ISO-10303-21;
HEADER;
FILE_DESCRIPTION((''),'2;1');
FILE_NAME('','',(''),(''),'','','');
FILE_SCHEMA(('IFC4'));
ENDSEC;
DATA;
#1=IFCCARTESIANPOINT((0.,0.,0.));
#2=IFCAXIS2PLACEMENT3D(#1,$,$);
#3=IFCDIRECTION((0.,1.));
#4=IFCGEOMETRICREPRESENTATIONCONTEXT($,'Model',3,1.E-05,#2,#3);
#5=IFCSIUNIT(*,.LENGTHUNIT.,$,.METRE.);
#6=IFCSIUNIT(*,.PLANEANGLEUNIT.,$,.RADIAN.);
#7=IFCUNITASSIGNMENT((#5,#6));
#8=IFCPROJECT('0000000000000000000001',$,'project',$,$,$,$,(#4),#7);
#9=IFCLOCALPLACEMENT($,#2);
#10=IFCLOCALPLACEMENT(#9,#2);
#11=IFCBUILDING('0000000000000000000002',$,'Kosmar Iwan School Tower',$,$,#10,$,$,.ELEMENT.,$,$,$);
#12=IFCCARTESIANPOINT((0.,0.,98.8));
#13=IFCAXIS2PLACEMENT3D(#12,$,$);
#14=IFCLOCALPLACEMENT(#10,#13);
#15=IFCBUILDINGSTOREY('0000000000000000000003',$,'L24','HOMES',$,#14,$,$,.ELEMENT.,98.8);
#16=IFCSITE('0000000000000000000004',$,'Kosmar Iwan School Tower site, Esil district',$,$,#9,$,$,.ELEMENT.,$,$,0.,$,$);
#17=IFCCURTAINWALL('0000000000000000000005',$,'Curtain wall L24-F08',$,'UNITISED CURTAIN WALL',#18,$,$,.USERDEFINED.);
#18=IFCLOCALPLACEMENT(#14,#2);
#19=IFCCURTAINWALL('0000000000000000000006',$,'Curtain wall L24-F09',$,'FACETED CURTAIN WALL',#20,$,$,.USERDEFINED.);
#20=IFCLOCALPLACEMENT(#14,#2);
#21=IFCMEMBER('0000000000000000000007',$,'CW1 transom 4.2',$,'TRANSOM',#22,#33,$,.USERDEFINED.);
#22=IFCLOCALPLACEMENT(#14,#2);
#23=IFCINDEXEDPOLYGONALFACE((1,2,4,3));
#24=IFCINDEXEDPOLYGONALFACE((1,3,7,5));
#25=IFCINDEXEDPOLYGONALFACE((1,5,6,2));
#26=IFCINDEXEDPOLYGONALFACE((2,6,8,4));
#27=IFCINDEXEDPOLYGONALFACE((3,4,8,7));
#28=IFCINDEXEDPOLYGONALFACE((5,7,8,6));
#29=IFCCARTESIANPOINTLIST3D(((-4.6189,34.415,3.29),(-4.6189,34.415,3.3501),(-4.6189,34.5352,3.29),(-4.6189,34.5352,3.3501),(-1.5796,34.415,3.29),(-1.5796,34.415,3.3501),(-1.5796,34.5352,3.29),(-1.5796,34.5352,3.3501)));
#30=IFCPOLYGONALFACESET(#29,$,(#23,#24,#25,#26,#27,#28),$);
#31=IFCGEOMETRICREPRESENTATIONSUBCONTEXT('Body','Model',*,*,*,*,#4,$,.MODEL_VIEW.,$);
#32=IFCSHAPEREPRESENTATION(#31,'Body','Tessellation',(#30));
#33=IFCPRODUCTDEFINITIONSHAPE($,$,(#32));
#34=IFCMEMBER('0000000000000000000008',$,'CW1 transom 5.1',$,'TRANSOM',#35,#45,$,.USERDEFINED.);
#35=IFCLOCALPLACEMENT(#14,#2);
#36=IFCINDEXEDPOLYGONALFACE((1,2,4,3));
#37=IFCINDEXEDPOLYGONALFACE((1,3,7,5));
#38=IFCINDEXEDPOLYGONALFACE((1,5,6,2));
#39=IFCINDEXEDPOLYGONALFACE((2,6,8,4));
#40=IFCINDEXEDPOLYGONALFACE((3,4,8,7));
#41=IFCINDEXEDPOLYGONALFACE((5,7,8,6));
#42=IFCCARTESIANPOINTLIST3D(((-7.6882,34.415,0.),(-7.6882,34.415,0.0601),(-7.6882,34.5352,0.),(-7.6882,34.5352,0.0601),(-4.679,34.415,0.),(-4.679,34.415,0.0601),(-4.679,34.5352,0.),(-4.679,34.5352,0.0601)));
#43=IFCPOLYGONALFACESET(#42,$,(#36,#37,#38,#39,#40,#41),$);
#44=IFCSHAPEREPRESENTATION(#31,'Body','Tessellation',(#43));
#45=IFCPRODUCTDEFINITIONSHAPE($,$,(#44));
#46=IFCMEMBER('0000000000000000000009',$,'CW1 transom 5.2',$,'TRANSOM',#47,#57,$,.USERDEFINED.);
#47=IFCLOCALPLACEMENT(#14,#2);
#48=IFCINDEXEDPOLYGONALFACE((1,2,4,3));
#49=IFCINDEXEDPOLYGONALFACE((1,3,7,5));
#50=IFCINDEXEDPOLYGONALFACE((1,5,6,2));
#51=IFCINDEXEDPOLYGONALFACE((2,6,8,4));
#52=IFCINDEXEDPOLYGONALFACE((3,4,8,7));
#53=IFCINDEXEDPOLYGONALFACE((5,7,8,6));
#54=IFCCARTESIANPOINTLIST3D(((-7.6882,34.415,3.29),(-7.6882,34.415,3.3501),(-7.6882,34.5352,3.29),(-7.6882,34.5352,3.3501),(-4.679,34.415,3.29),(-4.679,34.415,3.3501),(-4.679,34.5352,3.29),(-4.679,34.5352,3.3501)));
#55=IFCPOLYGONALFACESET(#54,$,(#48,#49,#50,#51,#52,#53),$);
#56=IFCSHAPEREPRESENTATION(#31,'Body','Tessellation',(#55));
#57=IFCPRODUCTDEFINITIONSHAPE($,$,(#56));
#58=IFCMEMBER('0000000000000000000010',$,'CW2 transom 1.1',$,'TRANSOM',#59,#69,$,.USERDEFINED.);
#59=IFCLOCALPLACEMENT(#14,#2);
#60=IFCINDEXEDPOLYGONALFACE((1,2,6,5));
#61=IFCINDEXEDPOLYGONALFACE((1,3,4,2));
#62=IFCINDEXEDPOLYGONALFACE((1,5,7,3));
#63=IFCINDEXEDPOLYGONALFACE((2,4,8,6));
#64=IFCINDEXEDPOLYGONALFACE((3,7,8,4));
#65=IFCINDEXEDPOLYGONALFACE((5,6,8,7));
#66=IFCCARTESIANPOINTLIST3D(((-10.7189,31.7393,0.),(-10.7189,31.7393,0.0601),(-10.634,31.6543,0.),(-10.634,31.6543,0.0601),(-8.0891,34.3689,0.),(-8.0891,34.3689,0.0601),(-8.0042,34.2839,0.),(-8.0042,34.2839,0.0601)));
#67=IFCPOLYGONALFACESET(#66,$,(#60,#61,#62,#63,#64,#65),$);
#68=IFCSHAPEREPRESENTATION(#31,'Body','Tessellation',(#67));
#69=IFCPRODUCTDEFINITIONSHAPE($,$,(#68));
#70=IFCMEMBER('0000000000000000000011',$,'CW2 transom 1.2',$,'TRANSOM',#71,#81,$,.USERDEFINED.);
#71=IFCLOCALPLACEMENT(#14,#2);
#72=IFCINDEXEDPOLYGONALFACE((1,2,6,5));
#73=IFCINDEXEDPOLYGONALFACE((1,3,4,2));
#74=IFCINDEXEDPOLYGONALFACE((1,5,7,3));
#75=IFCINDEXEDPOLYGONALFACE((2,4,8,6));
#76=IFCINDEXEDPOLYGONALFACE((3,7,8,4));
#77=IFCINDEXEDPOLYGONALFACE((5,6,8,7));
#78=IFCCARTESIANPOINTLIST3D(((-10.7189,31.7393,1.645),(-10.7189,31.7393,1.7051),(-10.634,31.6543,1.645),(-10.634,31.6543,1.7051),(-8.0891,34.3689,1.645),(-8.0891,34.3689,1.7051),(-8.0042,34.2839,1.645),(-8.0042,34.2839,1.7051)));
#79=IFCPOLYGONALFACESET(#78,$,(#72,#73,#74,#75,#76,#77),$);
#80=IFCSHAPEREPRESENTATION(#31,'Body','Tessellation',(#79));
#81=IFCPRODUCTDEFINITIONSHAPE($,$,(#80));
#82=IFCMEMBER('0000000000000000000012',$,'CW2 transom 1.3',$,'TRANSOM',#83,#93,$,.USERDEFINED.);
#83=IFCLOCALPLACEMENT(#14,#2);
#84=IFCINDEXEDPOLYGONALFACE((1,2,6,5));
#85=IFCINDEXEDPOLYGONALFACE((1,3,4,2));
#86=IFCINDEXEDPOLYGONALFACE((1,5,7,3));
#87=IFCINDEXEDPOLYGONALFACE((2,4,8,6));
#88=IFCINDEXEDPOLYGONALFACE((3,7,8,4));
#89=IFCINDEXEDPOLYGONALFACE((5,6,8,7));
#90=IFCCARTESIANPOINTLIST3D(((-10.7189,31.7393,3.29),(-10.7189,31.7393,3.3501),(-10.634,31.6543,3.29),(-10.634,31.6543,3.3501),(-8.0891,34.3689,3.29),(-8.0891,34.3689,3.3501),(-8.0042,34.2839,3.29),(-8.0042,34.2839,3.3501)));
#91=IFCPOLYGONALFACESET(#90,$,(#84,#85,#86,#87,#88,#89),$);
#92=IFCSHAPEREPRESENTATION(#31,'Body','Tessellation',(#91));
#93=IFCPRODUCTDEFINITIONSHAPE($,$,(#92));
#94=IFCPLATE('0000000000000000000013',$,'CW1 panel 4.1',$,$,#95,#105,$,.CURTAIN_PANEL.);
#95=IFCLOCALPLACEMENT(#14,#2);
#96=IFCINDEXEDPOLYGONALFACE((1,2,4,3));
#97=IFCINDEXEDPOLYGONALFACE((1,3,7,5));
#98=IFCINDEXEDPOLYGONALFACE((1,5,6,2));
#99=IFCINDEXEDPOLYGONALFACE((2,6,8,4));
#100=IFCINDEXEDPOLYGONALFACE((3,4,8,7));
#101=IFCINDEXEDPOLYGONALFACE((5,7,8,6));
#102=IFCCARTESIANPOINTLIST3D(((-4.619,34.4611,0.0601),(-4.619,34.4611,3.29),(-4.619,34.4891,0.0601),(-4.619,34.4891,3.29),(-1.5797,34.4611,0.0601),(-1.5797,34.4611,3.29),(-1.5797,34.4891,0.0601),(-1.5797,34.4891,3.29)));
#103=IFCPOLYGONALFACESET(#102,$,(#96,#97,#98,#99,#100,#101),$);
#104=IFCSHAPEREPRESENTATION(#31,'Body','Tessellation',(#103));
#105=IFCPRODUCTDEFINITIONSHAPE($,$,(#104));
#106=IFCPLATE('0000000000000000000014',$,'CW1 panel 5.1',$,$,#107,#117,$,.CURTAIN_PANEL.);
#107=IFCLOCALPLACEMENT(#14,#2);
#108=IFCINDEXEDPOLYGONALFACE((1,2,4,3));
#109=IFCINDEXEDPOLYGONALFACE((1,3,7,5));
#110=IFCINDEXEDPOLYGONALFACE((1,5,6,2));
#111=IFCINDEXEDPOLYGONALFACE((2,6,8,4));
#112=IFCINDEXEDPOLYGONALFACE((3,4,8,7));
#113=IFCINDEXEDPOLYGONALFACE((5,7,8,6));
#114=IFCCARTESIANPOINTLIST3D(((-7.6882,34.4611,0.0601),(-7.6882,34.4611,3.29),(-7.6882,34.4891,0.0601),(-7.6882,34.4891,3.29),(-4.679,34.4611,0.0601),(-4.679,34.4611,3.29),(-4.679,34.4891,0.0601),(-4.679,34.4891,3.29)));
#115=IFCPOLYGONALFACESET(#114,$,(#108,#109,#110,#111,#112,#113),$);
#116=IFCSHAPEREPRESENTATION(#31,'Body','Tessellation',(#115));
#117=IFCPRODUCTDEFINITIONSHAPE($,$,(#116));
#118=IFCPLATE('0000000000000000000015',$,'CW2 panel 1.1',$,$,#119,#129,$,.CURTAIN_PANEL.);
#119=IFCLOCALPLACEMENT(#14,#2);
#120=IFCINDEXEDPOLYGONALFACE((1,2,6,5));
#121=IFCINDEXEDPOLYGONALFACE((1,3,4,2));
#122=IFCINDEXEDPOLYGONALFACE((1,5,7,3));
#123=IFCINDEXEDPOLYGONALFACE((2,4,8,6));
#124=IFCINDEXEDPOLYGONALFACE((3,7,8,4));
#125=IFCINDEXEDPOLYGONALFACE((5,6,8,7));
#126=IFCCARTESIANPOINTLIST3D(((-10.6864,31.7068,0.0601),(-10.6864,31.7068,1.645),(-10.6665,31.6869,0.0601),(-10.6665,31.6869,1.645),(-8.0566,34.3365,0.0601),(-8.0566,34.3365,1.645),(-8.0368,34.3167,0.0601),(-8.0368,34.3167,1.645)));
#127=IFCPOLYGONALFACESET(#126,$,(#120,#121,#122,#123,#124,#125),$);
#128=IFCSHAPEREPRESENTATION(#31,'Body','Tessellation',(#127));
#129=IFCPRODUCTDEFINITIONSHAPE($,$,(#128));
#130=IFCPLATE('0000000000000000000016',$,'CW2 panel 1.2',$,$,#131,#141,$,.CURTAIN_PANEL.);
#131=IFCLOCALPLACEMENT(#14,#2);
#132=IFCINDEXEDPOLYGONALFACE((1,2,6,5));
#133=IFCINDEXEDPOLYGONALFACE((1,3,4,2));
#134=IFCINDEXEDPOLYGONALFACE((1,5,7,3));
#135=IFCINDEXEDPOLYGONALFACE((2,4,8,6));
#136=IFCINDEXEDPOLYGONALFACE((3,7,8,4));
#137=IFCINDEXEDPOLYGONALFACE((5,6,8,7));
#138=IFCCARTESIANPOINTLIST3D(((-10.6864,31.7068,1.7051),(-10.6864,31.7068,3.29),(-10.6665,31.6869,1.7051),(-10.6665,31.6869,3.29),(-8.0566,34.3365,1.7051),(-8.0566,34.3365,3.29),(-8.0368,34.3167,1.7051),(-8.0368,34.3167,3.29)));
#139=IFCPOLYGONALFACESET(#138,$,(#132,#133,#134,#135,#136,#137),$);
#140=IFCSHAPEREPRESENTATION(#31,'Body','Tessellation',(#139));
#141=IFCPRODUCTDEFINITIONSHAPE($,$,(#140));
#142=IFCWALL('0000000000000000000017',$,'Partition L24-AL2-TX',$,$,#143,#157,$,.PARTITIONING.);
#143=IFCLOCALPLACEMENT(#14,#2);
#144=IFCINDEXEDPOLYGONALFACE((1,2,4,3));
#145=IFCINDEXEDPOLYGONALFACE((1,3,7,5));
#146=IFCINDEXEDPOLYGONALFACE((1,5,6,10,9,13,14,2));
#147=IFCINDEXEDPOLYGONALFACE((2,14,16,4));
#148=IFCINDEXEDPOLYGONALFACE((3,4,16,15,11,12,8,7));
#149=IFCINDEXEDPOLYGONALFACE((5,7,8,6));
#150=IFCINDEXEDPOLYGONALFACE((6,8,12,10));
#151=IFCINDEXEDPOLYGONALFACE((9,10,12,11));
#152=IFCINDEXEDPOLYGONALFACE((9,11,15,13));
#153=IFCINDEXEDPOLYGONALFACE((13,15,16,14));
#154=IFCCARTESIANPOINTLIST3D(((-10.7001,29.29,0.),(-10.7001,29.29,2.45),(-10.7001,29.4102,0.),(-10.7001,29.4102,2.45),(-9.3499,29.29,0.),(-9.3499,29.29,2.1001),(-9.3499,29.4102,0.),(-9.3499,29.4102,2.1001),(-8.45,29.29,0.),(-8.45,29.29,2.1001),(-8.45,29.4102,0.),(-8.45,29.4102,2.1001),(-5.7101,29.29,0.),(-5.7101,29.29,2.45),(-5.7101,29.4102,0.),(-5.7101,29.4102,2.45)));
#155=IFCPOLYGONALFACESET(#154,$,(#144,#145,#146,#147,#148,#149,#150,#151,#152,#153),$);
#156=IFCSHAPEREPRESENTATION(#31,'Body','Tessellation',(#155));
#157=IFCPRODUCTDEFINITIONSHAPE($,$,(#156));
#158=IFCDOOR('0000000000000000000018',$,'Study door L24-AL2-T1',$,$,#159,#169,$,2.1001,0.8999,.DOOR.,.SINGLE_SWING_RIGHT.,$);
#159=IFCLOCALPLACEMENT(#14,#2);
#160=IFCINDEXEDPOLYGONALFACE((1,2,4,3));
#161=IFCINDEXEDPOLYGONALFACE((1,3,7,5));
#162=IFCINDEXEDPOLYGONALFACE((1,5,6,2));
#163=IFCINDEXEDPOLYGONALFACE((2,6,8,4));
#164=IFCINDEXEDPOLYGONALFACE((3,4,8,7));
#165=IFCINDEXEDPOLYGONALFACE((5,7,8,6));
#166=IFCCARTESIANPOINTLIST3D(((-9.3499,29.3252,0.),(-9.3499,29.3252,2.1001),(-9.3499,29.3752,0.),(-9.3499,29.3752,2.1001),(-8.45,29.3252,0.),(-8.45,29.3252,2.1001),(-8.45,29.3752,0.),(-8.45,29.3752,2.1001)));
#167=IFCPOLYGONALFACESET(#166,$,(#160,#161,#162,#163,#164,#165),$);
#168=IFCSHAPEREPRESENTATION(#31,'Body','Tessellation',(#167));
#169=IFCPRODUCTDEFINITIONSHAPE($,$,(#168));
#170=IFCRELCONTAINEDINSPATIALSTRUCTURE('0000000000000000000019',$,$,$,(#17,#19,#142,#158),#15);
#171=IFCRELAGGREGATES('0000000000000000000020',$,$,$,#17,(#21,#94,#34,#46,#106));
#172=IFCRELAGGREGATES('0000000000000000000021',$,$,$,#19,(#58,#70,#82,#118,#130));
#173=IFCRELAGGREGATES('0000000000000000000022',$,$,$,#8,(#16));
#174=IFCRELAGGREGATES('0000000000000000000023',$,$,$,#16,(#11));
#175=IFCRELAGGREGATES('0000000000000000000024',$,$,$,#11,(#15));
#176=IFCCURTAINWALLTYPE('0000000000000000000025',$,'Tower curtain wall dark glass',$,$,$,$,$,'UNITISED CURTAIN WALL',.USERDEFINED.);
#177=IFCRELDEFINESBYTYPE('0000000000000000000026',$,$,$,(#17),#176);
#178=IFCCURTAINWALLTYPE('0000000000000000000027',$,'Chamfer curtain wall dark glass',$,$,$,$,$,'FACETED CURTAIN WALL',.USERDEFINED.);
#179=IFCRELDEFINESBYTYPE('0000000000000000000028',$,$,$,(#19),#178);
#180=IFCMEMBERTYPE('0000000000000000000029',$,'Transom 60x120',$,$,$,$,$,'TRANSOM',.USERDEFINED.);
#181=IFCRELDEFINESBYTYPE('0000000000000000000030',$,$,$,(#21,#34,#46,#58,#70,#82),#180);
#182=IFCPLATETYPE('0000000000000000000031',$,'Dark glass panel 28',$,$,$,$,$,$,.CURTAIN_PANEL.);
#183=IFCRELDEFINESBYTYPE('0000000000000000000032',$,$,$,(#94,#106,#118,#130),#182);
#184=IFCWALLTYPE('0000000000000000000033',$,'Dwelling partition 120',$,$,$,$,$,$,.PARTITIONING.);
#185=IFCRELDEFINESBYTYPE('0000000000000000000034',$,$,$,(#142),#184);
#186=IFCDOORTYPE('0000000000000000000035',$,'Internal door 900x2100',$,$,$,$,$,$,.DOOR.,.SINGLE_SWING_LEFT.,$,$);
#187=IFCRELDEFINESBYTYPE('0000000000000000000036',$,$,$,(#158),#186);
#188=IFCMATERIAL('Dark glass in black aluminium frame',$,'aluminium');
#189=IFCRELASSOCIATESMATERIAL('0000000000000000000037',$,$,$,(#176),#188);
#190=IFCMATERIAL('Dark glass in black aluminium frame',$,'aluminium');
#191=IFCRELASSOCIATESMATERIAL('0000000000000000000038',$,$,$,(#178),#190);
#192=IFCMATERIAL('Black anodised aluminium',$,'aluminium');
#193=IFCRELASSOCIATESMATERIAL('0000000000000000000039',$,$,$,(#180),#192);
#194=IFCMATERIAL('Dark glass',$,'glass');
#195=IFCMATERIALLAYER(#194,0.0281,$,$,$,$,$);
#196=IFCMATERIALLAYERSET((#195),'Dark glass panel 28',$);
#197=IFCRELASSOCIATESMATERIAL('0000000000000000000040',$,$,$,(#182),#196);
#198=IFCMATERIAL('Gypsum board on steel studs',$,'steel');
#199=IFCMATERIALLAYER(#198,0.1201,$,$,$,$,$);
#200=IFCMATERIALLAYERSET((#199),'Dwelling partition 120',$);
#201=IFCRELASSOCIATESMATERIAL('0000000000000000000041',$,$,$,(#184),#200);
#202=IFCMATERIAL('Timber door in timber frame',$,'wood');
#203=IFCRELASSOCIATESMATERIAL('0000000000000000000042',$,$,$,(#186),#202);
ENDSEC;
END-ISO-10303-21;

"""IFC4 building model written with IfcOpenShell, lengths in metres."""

from ifc_helpers import new_model, si_unit, direction, frame, frame_2d, origin, origin_2d, place, context, subcontext, project, spatial, rectangle, extrude, material, layer, layer_set, material_profile, profile_set, type_object, element, fill, aggregate, save


model = new_model("IFC4")

# Units and contexts
model_context = context("Model", 3, precision=1e-05, world=origin(), true_north=direction((0.0, 1.0)))
body_context = subcontext(model_context, "Body", "Model", "MODEL_VIEW")
ifc_project = project(units=[si_unit("LENGTHUNIT", "METRE"), si_unit("PLANEANGLEUNIT", "RADIAN")], contexts=[model_context])

# Site, building, storey
site_placement = place(None, origin())
site = spatial("IfcSite", under=ifc_project, at=site_placement, Name="Kosmar Iwan School Tower site, Esil district", CompositionType="ELEMENT", RefElevation=0.0)
building_placement = place(site_placement, origin())
building = spatial("IfcBuilding", under=site, at=building_placement, Name="Kosmar Iwan School Tower", CompositionType="ELEMENT")
storey_placement = place(building_placement, frame((0.0, 0.0, 98.8)))
storey = spatial("IfcBuildingStorey", under=building, at=storey_placement, Name="L24", Description="HOMES", CompositionType="ELEMENT", Elevation=98.8)

# Curtain walls
ifc_material_1 = material(Name="Dark glass in black aluminium frame", Category="aluminium")
curtain_wall_type_1 = type_object("IfcCurtainWallType", Name="Tower curtain wall dark glass", ElementType="UNITISED CURTAIN WALL", PredefinedType="USERDEFINED", material=ifc_material_1)
curtain_wall_1_placement = place(storey_placement, origin())
curtain_wall_1 = element("IfcCurtainWall", 1, at=curtain_wall_1_placement, inside=storey, type_object=curtain_wall_type_1, Name="Curtain wall L24-F08", ObjectType="UNITISED CURTAIN WALL", PredefinedType="USERDEFINED")
ifc_material_2 = material(Name="Dark glass in black aluminium frame", Category="aluminium")
curtain_wall_type_2 = type_object("IfcCurtainWallType", Name="Chamfer curtain wall dark glass", ElementType="FACETED CURTAIN WALL", PredefinedType="USERDEFINED", material=ifc_material_2)
curtain_wall_2_placement = place(storey_placement, origin())
curtain_wall_2 = element("IfcCurtainWall", 2, at=curtain_wall_2_placement, inside=storey, type_object=curtain_wall_type_2, Name="Curtain wall L24-F09", ObjectType="FACETED CURTAIN WALL", PredefinedType="USERDEFINED")

# Members
ifc_material_3 = material(Name="Black anodised aluminium", Category="aluminium")
ifc_material_profile_1 = material_profile(ifc_material_3, rectangle(XDim=0.1201, YDim=0.0601, at=origin_2d()), Name="TRANSOM 60x120")
ifc_profile_set_1 = profile_set([ifc_material_profile_1], Name="Black anodised aluminium")
member_type_1 = type_object("IfcMemberType", Name="Transom 60x120", ElementType="TRANSOM", PredefinedType="USERDEFINED", material=ifc_profile_set_1)
member_1_placement = place(storey_placement, frame((-1.5796, 34.4751, 3.3201), z_axis=(-1.0, 0.0, 0.0), x_axis=(0.0, -1.0, 0.0)))
member_1 = element("IfcMember", 3, at=member_1_placement, type_object=member_type_1, Name="CW1 transom 4.2", ObjectType="TRANSOM", PredefinedType="USERDEFINED", context=body_context, shape_type="SweptSolid", body=[
    extrude(rectangle(XDim=0.1201, YDim=0.0601, at=origin_2d()), origin(), (0.0, 0.0, 1.0), 3.0393),
])
member_2_placement = place(storey_placement, frame((-4.679, 34.4751, 0.03), z_axis=(-1.0, 0.0, 0.0), x_axis=(0.0, -1.0, 0.0)))
member_2 = element("IfcMember", 4, at=member_2_placement, type_object=member_type_1, Name="CW1 transom 5.1", ObjectType="TRANSOM", PredefinedType="USERDEFINED", context=body_context, shape_type="SweptSolid", body=[
    extrude(rectangle(XDim=0.1201, YDim=0.0601, at=origin_2d()), origin(), (0.0, 0.0, 1.0), 3.0093),
])
member_3_placement = place(storey_placement, frame((-4.679, 34.4751, 3.3201), z_axis=(-1.0, 0.0, 0.0), x_axis=(0.0, -1.0, 0.0)))
member_3 = element("IfcMember", 5, at=member_3_placement, type_object=member_type_1, Name="CW1 transom 5.2", ObjectType="TRANSOM", PredefinedType="USERDEFINED", context=body_context, shape_type="SweptSolid", body=[
    extrude(rectangle(XDim=0.1201, YDim=0.0601, at=origin_2d()), origin(), (0.0, 0.0, 1.0), 3.0093),
])
member_4_placement = place(storey_placement, frame((-8.0466, 34.3264, 0.03), z_axis=(-0.70714, -0.707074, 0.0), x_axis=(0.707074, -0.70714, 0.0)))
member_4 = element("IfcMember", 6, at=member_4_placement, type_object=member_type_1, Name="CW2 transom 1.1", ObjectType="TRANSOM", PredefinedType="USERDEFINED", context=body_context, shape_type="SweptSolid", body=[
    extrude(rectangle(XDim=0.1201, YDim=0.0601, at=origin_2d()), origin(), (0.0, 0.0, 1.0), 3.719),
])
member_5_placement = place(storey_placement, frame((-8.0466, 34.3264, 1.675), z_axis=(-0.70714, -0.707074, 0.0), x_axis=(0.707074, -0.70714, 0.0)))
member_5 = element("IfcMember", 7, at=member_5_placement, type_object=member_type_1, Name="CW2 transom 1.2", ObjectType="TRANSOM", PredefinedType="USERDEFINED", context=body_context, shape_type="SweptSolid", body=[
    extrude(rectangle(XDim=0.1201, YDim=0.0601, at=origin_2d()), origin(), (0.0, 0.0, 1.0), 3.719),
])
member_6_placement = place(storey_placement, frame((-8.0466, 34.3264, 3.3201), z_axis=(-0.70714, -0.707074, 0.0), x_axis=(0.707074, -0.70714, 0.0)))
member_6 = element("IfcMember", 8, at=member_6_placement, type_object=member_type_1, Name="CW2 transom 1.3", ObjectType="TRANSOM", PredefinedType="USERDEFINED", context=body_context, shape_type="SweptSolid", body=[
    extrude(rectangle(XDim=0.1201, YDim=0.0601, at=origin_2d()), origin(), (0.0, 0.0, 1.0), 3.719),
])

# Plates
ifc_material_4 = material(Name="Dark glass", Category="glass")
ifc_layer_1 = layer(ifc_material_4, 0.0281)
ifc_layer_set_1 = layer_set([ifc_layer_1], Name="Dark glass panel 28")
plate_type = type_object("IfcPlateType", Name="Dark glass panel 28", PredefinedType="CURTAIN_PANEL", material=ifc_layer_set_1)
plate_1_placement = place(storey_placement, frame((-3.0994, 34.4751, 0.0601), z_axis=(0.0, 0.0, 1.0), x_axis=(-1.0, 0.0, 0.0)))
plate_1 = element("IfcPlate", 9, at=plate_1_placement, type_object=plate_type, Name="CW1 panel 4.1", PredefinedType="CURTAIN_PANEL", context=body_context, shape_type="SweptSolid", body=[
    extrude(rectangle(XDim=3.0393, YDim=0.0281, at=origin_2d()), origin(), (0.0, 0.0, 1.0), 3.23),
])
plate_2_placement = place(storey_placement, frame((-6.1836, 34.4751, 0.0601), z_axis=(0.0, 0.0, 1.0), x_axis=(-1.0, 0.0, 0.0)))
plate_2 = element("IfcPlate", 10, at=plate_2_placement, type_object=plate_type, Name="CW1 panel 5.1", PredefinedType="CURTAIN_PANEL", context=body_context, shape_type="SweptSolid", body=[
    extrude(rectangle(XDim=3.0093, YDim=0.0281, at=origin_2d()), origin(), (0.0, 0.0, 1.0), 3.23),
])
aggregate(curtain_wall_1, [member_1, plate_1, member_2, member_3, plate_2])
plate_3_placement = place(storey_placement, frame((-9.3616, 33.0117, 0.0601), z_axis=(0.0, 0.0, 1.0), x_axis=(-0.707107, -0.707107, 0.0)))
plate_3 = element("IfcPlate", 11, at=plate_3_placement, type_object=plate_type, Name="CW2 panel 1.1", PredefinedType="CURTAIN_PANEL", context=body_context, shape_type="SweptSolid", body=[
    extrude(rectangle(XDim=3.719, YDim=0.0281, at=origin_2d()), origin(), (0.0, 0.0, 1.0), 1.585),
])
plate_4_placement = place(storey_placement, frame((-9.3616, 33.0117, 1.7051), z_axis=(0.0, 0.0, 1.0), x_axis=(-0.707107, -0.707107, 0.0)))
plate_4 = element("IfcPlate", 12, at=plate_4_placement, type_object=plate_type, Name="CW2 panel 1.2", PredefinedType="CURTAIN_PANEL", context=body_context, shape_type="SweptSolid", body=[
    extrude(rectangle(XDim=3.719, YDim=0.0281, at=origin_2d()), origin(), (0.0, 0.0, 1.0), 1.585),
])
aggregate(curtain_wall_2, [member_4, member_5, member_6, plate_3, plate_4])

# Wall, opening, door
ifc_material_5 = material(Name="Gypsum board on steel studs", Category="steel")
ifc_layer_2 = layer(ifc_material_5, 0.1201)
ifc_layer_set_2 = layer_set([ifc_layer_2], Name="Dwelling partition 120")
wall_type_1 = type_object("IfcWallType", Name="Dwelling partition 120", PredefinedType="PARTITIONING", material=ifc_layer_set_2)
wall_1_placement = place(storey_placement, frame((-5.71, 29.3501, 0.0), z_axis=(0.0, 0.0, 1.0), x_axis=(-1.0, 0.0, 0.0)))
wall_1 = element("IfcWall", 13, at=wall_1_placement, inside=storey, type_object=wall_type_1, Name="Partition L24-AL2-TX", PredefinedType="PARTITIONING", context=body_context, shape_type="SweptSolid", body=[
    extrude(rectangle(XDim=4.99, YDim=0.1201, at=frame_2d((2.4951, 0.0))), origin(), (0.0, 0.0, 1.0), 2.45),
])
opening_1_placement = place(wall_1_placement, frame((2.74, 0.0, 0.0)))
opening_1 = element("IfcOpeningElement", 14, at=opening_1_placement, cuts=wall_1, PredefinedType="OPENING", context=body_context, shape_type="SweptSolid", body=[
    extrude(rectangle(XDim=0.8999, YDim=2.1001, at=frame_2d((0.45, 1.05))), frame((0.0, 0.072, 0.0), z_axis=(0.0, -1.0, 0.0), x_axis=(1.0, 0.0, 0.0)), (0.0, 0.0, 1.0), 0.144),
])
ifc_material_6 = material(Name="Timber door in timber frame", Category="wood")
door_type_1 = type_object("IfcDoorType", Name="Internal door 900x2100", OperationType="SINGLE_SWING_LEFT", PredefinedType="DOOR", material=ifc_material_6)
door_1_placement = place(opening_1_placement, origin())
door_1 = element("IfcDoor", 15, at=door_1_placement, inside=storey, type_object=door_type_1, Name="Study door L24-AL2-T1", OperationType="SINGLE_SWING_RIGHT", OverallHeight=2.1001, OverallWidth=0.8999, PredefinedType="DOOR", context=body_context, shape_type="SweptSolid", body=[
    extrude(rectangle(XDim=0.8999, YDim=2.1001, at=frame_2d((0.45, 1.05))), frame((0.0, 0.0249, 0.0), z_axis=(0.0, -1.0, 0.0), x_axis=(1.0, 0.0, 0.0)), (0.0, 0.0, 1.0), 0.05),
])
fill(opening_1, door_1)

save(model, "model.ifc")
